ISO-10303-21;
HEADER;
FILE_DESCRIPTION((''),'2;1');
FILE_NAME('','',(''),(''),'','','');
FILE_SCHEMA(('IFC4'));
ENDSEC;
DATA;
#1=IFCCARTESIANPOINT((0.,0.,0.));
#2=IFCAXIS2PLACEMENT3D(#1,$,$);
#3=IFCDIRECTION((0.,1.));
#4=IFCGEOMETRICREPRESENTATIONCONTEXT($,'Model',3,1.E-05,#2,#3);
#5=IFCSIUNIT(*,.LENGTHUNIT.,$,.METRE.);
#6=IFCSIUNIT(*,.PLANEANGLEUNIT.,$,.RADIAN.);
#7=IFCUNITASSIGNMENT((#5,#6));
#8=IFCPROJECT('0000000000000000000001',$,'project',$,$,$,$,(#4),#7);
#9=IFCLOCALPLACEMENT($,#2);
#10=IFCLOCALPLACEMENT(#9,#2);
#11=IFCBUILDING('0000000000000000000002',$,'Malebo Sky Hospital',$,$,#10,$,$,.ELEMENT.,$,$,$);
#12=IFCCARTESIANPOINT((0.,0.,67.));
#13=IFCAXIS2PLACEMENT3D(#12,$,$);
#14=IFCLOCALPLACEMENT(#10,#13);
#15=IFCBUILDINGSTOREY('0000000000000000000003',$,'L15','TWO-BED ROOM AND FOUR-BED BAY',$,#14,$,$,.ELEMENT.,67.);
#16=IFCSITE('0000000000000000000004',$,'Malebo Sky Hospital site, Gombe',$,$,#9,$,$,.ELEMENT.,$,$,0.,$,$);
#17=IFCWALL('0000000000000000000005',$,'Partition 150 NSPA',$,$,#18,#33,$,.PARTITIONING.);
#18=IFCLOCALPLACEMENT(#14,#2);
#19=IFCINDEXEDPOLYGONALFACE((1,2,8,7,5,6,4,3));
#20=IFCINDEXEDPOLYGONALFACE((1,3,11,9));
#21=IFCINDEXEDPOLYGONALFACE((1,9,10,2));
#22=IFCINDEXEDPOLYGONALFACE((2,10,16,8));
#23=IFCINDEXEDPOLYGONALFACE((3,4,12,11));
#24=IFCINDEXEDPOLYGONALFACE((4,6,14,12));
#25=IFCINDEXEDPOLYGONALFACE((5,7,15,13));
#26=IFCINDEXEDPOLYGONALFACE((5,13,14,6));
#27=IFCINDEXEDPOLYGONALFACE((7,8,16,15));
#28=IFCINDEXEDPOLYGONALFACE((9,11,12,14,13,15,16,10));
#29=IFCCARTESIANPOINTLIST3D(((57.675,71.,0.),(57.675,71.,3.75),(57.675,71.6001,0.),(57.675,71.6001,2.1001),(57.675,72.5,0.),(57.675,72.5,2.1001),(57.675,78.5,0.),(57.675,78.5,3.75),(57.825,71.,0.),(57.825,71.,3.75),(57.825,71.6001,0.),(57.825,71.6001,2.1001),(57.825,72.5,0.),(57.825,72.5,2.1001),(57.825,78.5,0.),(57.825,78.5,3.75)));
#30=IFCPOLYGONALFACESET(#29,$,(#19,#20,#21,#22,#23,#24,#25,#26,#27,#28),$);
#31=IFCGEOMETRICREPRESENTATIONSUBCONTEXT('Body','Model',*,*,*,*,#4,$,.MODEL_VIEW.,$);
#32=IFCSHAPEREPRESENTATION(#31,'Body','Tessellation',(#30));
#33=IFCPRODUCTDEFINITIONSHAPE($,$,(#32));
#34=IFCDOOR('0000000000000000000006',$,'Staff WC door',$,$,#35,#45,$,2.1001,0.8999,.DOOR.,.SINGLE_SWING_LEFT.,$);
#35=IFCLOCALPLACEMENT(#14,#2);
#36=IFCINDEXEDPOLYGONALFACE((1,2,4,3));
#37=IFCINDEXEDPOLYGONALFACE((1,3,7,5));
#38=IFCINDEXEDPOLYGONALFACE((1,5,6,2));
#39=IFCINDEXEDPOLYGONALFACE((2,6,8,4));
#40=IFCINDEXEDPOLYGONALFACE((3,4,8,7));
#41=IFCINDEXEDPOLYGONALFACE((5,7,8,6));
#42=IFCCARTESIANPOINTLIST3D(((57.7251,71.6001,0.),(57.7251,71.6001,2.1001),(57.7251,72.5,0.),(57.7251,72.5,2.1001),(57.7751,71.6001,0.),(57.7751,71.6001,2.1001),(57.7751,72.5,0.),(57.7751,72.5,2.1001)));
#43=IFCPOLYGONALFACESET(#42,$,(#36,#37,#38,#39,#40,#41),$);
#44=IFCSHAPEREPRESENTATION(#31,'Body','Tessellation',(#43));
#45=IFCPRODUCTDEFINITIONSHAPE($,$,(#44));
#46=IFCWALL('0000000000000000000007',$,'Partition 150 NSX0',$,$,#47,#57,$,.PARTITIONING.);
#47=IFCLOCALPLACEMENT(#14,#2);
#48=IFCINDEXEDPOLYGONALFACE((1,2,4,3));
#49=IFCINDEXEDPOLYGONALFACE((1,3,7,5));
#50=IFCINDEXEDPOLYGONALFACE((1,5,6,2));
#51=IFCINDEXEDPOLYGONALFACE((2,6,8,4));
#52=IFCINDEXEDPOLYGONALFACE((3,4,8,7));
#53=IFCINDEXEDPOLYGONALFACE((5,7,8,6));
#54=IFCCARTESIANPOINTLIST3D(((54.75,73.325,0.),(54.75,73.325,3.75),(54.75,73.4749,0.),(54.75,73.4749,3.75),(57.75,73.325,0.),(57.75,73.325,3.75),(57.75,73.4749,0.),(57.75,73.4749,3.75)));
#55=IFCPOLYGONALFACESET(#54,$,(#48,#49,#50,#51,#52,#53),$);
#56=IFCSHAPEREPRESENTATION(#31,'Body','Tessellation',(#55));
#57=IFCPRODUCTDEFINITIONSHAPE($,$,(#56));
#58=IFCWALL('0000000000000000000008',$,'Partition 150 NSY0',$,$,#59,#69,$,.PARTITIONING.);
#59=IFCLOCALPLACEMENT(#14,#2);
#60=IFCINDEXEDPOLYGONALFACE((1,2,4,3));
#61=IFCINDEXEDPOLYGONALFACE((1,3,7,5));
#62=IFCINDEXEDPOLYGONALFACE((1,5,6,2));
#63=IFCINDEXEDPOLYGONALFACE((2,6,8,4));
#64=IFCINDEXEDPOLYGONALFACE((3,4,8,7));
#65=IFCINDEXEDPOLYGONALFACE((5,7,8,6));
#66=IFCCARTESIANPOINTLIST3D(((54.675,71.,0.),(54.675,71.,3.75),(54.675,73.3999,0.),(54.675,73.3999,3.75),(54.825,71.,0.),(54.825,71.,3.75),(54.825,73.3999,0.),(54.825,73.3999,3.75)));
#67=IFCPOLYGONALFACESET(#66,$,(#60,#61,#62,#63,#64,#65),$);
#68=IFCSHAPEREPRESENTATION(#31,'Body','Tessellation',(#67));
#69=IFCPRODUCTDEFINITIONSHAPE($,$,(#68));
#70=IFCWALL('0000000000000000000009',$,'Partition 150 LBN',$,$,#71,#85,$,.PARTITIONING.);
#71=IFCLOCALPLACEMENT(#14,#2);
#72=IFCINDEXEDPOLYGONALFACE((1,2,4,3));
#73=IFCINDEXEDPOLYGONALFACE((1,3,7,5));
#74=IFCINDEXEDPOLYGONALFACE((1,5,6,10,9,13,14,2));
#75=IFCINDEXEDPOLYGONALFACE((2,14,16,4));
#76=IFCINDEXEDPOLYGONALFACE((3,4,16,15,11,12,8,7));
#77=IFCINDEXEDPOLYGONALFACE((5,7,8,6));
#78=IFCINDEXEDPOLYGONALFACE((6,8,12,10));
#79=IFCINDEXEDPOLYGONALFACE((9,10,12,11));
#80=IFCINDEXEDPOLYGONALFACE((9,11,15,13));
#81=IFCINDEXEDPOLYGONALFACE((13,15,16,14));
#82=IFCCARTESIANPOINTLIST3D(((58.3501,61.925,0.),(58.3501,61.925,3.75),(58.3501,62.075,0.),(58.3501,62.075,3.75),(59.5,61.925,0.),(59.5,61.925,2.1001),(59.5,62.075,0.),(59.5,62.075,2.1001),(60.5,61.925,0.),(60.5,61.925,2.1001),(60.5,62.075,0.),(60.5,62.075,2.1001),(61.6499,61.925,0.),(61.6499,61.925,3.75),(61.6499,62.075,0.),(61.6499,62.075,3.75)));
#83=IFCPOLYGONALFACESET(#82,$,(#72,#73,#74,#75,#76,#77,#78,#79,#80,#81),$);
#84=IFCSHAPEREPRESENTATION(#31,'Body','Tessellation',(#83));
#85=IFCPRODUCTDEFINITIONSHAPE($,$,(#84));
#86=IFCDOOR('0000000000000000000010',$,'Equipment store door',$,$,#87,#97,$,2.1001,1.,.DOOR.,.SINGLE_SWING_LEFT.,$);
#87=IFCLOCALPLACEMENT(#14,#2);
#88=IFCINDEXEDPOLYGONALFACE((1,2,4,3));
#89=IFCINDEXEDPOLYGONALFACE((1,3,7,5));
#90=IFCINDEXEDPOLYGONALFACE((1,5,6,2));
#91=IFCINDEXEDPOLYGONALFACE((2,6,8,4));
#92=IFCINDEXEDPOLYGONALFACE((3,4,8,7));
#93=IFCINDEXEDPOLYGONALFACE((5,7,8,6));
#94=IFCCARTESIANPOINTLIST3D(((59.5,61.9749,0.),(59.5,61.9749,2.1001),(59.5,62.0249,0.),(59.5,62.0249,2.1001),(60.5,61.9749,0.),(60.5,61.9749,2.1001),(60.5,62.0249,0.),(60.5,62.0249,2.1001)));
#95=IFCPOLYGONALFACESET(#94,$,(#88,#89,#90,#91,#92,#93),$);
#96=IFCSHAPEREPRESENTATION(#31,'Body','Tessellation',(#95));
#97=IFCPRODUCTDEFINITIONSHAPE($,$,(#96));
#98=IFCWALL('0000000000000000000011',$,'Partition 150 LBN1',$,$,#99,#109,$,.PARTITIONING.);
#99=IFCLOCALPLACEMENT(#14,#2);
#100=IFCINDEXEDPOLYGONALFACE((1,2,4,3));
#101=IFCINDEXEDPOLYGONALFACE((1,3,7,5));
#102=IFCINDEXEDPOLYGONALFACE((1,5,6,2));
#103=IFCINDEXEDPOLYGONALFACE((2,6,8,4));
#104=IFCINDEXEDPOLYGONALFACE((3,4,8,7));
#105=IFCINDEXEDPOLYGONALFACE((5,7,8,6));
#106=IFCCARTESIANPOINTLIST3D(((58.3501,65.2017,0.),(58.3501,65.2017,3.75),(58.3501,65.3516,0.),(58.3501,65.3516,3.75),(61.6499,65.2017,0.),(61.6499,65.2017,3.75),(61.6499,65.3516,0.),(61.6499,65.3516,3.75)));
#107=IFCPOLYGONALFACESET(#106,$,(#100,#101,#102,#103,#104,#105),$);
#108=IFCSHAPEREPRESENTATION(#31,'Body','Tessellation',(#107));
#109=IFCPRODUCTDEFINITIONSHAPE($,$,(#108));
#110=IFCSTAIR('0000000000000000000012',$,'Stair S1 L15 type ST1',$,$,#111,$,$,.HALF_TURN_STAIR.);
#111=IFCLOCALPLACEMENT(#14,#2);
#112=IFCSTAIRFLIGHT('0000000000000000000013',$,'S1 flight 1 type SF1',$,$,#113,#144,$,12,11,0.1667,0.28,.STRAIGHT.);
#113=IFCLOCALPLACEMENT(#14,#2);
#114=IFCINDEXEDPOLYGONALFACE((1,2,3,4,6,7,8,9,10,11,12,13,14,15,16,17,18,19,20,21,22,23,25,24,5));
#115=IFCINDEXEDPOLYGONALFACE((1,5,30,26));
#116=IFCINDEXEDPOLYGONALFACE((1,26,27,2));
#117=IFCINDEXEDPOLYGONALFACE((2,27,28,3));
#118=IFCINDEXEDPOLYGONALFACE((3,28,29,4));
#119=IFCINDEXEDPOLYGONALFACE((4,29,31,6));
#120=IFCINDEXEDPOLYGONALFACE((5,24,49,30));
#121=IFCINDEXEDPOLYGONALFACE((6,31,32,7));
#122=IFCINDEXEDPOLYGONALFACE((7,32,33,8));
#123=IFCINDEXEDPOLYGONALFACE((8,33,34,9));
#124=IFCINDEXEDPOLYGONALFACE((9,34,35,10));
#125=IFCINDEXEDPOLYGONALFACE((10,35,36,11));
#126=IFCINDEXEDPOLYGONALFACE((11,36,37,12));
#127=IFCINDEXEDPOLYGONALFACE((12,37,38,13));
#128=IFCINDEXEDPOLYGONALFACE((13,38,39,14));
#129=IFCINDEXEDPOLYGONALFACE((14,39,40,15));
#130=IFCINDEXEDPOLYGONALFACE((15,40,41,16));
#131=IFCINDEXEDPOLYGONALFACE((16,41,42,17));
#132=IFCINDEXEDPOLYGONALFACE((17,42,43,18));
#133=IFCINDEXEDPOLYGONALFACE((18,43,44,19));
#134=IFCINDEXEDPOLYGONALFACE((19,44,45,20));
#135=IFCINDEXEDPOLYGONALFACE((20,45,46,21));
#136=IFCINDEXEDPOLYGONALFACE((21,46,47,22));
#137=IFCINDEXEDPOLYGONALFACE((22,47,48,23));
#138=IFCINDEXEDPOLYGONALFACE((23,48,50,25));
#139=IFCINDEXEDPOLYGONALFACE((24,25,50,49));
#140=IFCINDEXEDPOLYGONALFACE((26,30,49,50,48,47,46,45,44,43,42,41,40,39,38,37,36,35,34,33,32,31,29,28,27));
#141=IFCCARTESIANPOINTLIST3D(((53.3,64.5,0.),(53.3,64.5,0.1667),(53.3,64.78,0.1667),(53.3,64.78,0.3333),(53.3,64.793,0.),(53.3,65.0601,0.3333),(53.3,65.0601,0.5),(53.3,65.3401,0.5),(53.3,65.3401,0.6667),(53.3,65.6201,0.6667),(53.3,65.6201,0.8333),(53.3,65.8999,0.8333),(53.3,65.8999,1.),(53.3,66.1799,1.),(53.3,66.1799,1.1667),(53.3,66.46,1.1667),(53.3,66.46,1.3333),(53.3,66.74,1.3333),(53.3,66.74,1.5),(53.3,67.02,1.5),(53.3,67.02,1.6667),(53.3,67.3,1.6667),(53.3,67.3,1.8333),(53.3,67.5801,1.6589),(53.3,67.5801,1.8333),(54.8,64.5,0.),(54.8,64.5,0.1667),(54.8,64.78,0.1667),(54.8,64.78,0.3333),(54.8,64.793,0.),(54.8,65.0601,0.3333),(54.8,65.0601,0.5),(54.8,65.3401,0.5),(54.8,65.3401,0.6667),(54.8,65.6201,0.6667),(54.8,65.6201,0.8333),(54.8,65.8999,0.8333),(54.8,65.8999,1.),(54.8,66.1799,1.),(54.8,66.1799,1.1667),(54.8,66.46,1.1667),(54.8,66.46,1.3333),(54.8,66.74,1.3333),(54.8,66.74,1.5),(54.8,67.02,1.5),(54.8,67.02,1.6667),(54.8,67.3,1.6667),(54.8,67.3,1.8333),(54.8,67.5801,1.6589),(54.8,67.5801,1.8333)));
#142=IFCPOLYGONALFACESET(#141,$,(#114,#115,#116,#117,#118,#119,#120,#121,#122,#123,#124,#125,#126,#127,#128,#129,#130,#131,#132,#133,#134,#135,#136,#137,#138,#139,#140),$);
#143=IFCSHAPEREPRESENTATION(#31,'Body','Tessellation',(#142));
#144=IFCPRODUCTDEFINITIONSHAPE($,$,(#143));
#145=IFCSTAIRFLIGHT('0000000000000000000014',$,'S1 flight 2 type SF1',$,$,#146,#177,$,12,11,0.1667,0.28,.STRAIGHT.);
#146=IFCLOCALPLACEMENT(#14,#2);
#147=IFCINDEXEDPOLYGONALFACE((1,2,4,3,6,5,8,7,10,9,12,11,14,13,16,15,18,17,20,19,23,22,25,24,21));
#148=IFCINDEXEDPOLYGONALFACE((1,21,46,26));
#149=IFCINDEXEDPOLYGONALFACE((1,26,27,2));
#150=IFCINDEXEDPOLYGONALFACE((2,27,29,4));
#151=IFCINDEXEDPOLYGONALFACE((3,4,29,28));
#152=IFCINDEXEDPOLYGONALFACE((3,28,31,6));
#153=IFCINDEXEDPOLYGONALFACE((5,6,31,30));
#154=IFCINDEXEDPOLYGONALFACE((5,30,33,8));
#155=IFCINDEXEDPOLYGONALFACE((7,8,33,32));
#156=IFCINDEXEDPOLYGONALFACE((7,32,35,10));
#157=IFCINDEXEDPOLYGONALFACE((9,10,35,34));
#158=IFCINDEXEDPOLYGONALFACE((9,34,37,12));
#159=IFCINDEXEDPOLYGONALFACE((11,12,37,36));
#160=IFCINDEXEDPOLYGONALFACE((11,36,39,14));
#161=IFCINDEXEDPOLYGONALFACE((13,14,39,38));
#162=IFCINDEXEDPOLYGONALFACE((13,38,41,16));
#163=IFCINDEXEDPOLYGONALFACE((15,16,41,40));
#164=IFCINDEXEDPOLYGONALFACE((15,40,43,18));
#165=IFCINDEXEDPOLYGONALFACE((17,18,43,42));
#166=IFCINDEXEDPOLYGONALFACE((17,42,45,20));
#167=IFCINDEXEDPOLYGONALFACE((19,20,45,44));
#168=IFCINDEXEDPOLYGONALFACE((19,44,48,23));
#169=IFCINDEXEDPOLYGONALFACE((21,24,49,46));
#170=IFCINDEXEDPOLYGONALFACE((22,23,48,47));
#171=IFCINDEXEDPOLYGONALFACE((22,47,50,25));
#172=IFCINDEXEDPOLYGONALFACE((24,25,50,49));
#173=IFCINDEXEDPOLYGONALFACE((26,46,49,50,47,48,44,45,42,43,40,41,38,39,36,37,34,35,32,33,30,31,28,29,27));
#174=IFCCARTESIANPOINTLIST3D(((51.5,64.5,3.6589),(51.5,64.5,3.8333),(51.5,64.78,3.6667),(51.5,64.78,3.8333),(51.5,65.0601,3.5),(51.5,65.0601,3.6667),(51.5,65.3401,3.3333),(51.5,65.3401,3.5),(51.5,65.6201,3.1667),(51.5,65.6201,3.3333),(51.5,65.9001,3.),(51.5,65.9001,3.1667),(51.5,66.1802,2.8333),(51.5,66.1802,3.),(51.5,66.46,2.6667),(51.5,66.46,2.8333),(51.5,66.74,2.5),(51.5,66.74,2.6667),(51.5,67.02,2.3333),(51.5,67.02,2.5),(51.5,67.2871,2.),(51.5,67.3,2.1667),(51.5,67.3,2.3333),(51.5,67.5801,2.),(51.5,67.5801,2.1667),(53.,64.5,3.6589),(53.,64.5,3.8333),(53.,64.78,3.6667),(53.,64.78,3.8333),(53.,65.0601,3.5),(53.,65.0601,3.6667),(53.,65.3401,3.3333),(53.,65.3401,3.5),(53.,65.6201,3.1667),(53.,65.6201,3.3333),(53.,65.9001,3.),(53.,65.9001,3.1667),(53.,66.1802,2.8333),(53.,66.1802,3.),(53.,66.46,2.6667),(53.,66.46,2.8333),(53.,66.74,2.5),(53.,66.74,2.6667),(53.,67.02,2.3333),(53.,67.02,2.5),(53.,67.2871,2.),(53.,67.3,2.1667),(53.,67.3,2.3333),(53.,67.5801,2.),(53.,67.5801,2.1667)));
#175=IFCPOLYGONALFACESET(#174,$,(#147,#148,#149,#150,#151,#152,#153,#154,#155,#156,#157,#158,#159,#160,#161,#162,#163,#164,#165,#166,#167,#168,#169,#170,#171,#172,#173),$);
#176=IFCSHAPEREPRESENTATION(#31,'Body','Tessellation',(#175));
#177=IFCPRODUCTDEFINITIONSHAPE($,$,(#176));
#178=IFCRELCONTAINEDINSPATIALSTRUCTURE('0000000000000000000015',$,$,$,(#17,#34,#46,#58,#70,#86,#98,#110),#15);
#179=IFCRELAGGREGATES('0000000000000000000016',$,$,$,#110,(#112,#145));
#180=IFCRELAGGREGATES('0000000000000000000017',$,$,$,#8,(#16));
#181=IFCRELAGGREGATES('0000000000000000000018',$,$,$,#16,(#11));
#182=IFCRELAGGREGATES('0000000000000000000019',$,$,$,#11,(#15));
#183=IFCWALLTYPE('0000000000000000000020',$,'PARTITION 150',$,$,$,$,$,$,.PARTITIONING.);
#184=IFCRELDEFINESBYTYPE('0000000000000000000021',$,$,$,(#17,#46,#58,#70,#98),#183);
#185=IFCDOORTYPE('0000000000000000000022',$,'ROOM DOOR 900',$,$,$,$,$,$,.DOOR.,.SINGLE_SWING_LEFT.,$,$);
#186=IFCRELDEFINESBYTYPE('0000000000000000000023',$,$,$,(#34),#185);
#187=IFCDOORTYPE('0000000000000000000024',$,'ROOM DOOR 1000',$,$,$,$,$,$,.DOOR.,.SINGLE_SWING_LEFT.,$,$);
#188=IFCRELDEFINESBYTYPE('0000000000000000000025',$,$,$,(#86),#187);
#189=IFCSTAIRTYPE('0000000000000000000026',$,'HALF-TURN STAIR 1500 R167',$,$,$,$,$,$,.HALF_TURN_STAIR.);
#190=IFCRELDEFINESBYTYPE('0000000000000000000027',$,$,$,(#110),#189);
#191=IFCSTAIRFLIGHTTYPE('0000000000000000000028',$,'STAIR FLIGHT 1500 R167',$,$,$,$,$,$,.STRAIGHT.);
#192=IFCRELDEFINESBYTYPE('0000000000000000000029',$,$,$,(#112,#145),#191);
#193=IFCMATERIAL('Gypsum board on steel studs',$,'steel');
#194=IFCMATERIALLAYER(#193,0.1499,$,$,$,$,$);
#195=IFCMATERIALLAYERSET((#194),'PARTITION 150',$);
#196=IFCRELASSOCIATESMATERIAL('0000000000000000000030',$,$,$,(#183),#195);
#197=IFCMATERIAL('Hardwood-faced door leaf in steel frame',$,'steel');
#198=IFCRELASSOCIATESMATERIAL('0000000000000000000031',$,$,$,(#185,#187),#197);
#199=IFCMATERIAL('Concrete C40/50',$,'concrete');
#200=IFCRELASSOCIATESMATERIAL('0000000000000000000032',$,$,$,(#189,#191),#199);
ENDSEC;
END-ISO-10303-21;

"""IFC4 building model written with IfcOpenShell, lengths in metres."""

from ifc_helpers import new_model, si_unit, direction, frame, frame_2d, origin, place, context, subcontext, project, spatial, polyline, rectangle, outline, extrude, material, layer, layer_set, type_object, element, fill, aggregate, save


model = new_model("IFC4")

# Units and contexts
model_context = context("Model", 3, precision=1e-05, world=origin(), true_north=direction((0.0, 1.0)))
body_context = subcontext(model_context, "Body", "Model", "MODEL_VIEW")
ifc_project = project(units=[si_unit("LENGTHUNIT", "METRE"), si_unit("PLANEANGLEUNIT", "RADIAN")], contexts=[model_context])

# Site, building, storey
site_placement = place(None, origin())
site = spatial("IfcSite", under=ifc_project, at=site_placement, Name="Malebo Sky Hospital site, Gombe", CompositionType="ELEMENT", RefElevation=0.0)
building_placement = place(site_placement, origin())
building = spatial("IfcBuilding", under=site, at=building_placement, Name="Malebo Sky Hospital", CompositionType="ELEMENT")
storey_placement = place(building_placement, frame((0.0, 0.0, 67.0)))
storey = spatial("IfcBuildingStorey", under=building, at=storey_placement, Name="L15", Description="TWO-BED ROOM AND FOUR-BED BAY", CompositionType="ELEMENT", Elevation=67.0)

# Wall, opening, door
ifc_material_1 = material(Name="Gypsum board on steel studs", Category="steel")
ifc_layer_1 = layer(ifc_material_1, 0.1499)
ifc_layer_set_1 = layer_set([ifc_layer_1], Name="PARTITION 150")
wall_type_1 = type_object("IfcWallType", Name="PARTITION 150", PredefinedType="PARTITIONING", material=ifc_layer_set_1)
wall_1_placement = place(storey_placement, frame((57.75, 71.0, 0.0), z_axis=(0.0, 0.0, 1.0), x_axis=(0.0, 1.0, 0.0)))
wall_1 = element("IfcWall", 1, at=wall_1_placement, inside=storey, type_object=wall_type_1, Name="Partition 150 NSPA", PredefinedType="PARTITIONING", context=body_context, shape_type="SweptSolid", body=[
    extrude(rectangle(XDim=7.5, YDim=0.1499, at=frame_2d((3.75, 0.0))), origin(), (0.0, 0.0, 1.0), 3.75),
])
opening_1_placement = place(wall_1_placement, frame((0.6001, 0.0, 0.0)))
opening_1 = element("IfcOpeningElement", 2, at=opening_1_placement, cuts=wall_1, PredefinedType="OPENING", context=body_context, shape_type="SweptSolid", body=[
    extrude(rectangle(XDim=0.8999, YDim=2.1001, at=frame_2d((0.45, 1.05))), frame((0.0, 0.085, 0.0), z_axis=(0.0, -1.0, 0.0), x_axis=(1.0, 0.0, 0.0)), (0.0, 0.0, 1.0), 0.1699),
])
ifc_material_2 = material(Name="Hardwood-faced door leaf in steel frame", Category="steel")
door_type_1 = type_object("IfcDoorType", Name="ROOM DOOR 900", OperationType="SINGLE_SWING_LEFT", PredefinedType="DOOR", material=ifc_material_2)
door_1_placement = place(opening_1_placement, origin())
door_1 = element("IfcDoor", 3, at=door_1_placement, inside=storey, type_object=door_type_1, Name="Staff WC door", OperationType="SINGLE_SWING_LEFT", OverallHeight=2.1001, OverallWidth=0.8999, PredefinedType="DOOR", context=body_context, shape_type="SweptSolid", body=[
    extrude(rectangle(XDim=0.8999, YDim=2.1001, at=frame_2d((0.45, 1.05))), frame((0.0, 0.0249, 0.0), z_axis=(0.0, -1.0, 0.0), x_axis=(1.0, 0.0, 0.0)), (0.0, 0.0, 1.0), 0.05),
])
fill(opening_1, door_1)

# Walls
wall_2_placement = place(storey_placement, frame((54.75, 73.3999, 0.0), z_axis=(0.0, 0.0, 1.0), x_axis=(1.0, 0.0, 0.0)))
element("IfcWall", 4, at=wall_2_placement, inside=storey, type_object=wall_type_1, Name="Partition 150 NSX0", PredefinedType="PARTITIONING", context=body_context, shape_type="SweptSolid", body=[
    extrude(rectangle(XDim=3.0, YDim=0.1499, at=frame_2d((1.5, 0.0))), origin(), (0.0, 0.0, 1.0), 3.75),
])
wall_3_placement = place(storey_placement, frame((54.75, 71.0, 0.0), z_axis=(0.0, 0.0, 1.0), x_axis=(0.0, 1.0, 0.0)))
element("IfcWall", 5, at=wall_3_placement, inside=storey, type_object=wall_type_1, Name="Partition 150 NSY0", PredefinedType="PARTITIONING", context=body_context, shape_type="SweptSolid", body=[
    extrude(rectangle(XDim=2.3999, YDim=0.1499, at=frame_2d((1.2, 0.0))), origin(), (0.0, 0.0, 1.0), 3.75),
])

# Wall, opening, door
wall_4_placement = place(storey_placement, frame((58.3501, 62.0, 0.0), z_axis=(0.0, 0.0, 1.0), x_axis=(1.0, 0.0, 0.0)))
wall_4 = element("IfcWall", 6, at=wall_4_placement, inside=storey, type_object=wall_type_1, Name="Partition 150 LBN", PredefinedType="PARTITIONING", context=body_context, shape_type="SweptSolid", body=[
    extrude(rectangle(XDim=3.2998, YDim=0.1499, at=frame_2d((1.6499, 0.0))), origin(), (0.0, 0.0, 1.0), 3.75),
])
opening_2_placement = place(wall_4_placement, frame((1.1499, 0.0, 0.0)))
opening_2 = element("IfcOpeningElement", 7, at=opening_2_placement, cuts=wall_4, PredefinedType="OPENING", context=body_context, shape_type="SweptSolid", body=[
    extrude(rectangle(XDim=1.0, YDim=2.1001, at=frame_2d((0.5, 1.05))), frame((0.0, 0.085, 0.0), z_axis=(0.0, -1.0, 0.0), x_axis=(1.0, 0.0, 0.0)), (0.0, 0.0, 1.0), 0.1699),
])
door_type_2 = type_object("IfcDoorType", Name="ROOM DOOR 1000", OperationType="SINGLE_SWING_LEFT", PredefinedType="DOOR", material=ifc_material_2)
door_2_placement = place(opening_2_placement, origin())
door_2 = element("IfcDoor", 8, at=door_2_placement, inside=storey, type_object=door_type_2, Name="Equipment store door", OperationType="SINGLE_SWING_LEFT", OverallHeight=2.1001, OverallWidth=1.0, PredefinedType="DOOR", context=body_context, shape_type="SweptSolid", body=[
    extrude(rectangle(XDim=1.0, YDim=2.1001, at=frame_2d((0.5, 1.05))), frame((0.0, 0.0249, 0.0), z_axis=(0.0, -1.0, 0.0), x_axis=(1.0, 0.0, 0.0)), (0.0, 0.0, 1.0), 0.05),
])
fill(opening_2, door_2)

# Wall
wall_5_placement = place(storey_placement, frame((58.3501, 65.2766, 0.0), z_axis=(0.0, 0.0, 1.0), x_axis=(1.0, 0.0, 0.0)))
element("IfcWall", 9, at=wall_5_placement, inside=storey, type_object=wall_type_1, Name="Partition 150 LBN1", PredefinedType="PARTITIONING", context=body_context, shape_type="SweptSolid", body=[
    extrude(rectangle(XDim=3.2998, YDim=0.1499, at=frame_2d((1.6499, 0.0))), origin(), (0.0, 0.0, 1.0), 3.75),
])

# Stair, stair flights
ifc_material_3 = material(Name="Concrete C40/50", Category="concrete")
stair_type = type_object("IfcStairType", Name="HALF-TURN STAIR 1500 R167", PredefinedType="HALF_TURN_STAIR", material=ifc_material_3)
stair_placement = place(storey_placement, origin())
stair = element("IfcStair", 10, at=stair_placement, inside=storey, type_object=stair_type, Name="Stair S1 L15 type ST1", PredefinedType="HALF_TURN_STAIR")
stair_flight_type = type_object("IfcStairFlightType", Name="STAIR FLIGHT 1500 R167", PredefinedType="STRAIGHT", material=ifc_material_3)
stair_flight_1_placement = place(storey_placement, frame((54.05, 64.5, 0.0), z_axis=(0.0, 0.0, 1.0), x_axis=(0.0, 1.0, 0.0)))
stair_flight_1 = element("IfcStairFlight", 11, at=stair_flight_1_placement, type_object=stair_flight_type, Name="S1 flight 1 type SF1", NumberOfRisers=12, NumberOfTreads=11, PredefinedType="STRAIGHT", RiserHeight=0.1667, TreadLength=0.28, context=body_context, shape_type="SweptSolid", body=[
    extrude(outline(polyline([(0.0, 0.0), (0.0, 0.1667), (0.28, 0.1667), (0.28, 0.3333), (0.5601, 0.3333), (0.5601, 0.5), (0.8401, 0.5), (0.8401, 0.6667), (1.1201, 0.6667), (1.1201, 0.8333), (1.3999, 0.8333), (1.3999, 1.0), (1.6799, 1.0), (1.6799, 1.1667), (1.96, 1.1667), (1.96, 1.3333), (2.24, 1.3333), (2.24, 1.5), (2.52, 1.5), (2.52, 1.6667), (2.8, 1.6667), (2.8, 1.8333), (3.0801, 1.8333), (3.0801, 2.0), (3.0801, 1.6589), (0.293, 0.0), (0.0, 0.0)])), frame((0.0, 0.75, 0.0), z_axis=(0.0, -1.0, 0.0), x_axis=(1.0, 0.0, 0.0)), (0.0, 0.0, 1.0), 1.5),
])
stair_flight_2_placement = place(storey_placement, frame((52.25, 67.5801, 2.0), z_axis=(0.0, 0.0, 1.0), x_axis=(0.0, -1.0, 0.0)))
stair_flight_2 = element("IfcStairFlight", 12, at=stair_flight_2_placement, type_object=stair_flight_type, Name="S1 flight 2 type SF1", NumberOfRisers=12, NumberOfTreads=11, PredefinedType="STRAIGHT", RiserHeight=0.1667, TreadLength=0.28, context=body_context, shape_type="SweptSolid", body=[
    extrude(outline(polyline([(0.0, 0.0), (0.0, 0.1667), (0.28, 0.1667), (0.28, 0.3333), (0.5601, 0.3333), (0.5601, 0.5), (0.8401, 0.5), (0.8401, 0.6667), (1.1201, 0.6667), (1.1201, 0.8333), (1.3999, 0.8333), (1.3999, 1.0), (1.6799, 1.0), (1.6799, 1.1667), (1.96, 1.1667), (1.96, 1.3333), (2.24, 1.3333), (2.24, 1.5), (2.52, 1.5), (2.52, 1.6667), (2.8, 1.6667), (2.8, 1.8333), (3.0801, 1.8333), (3.0801, 2.0), (3.0801, 1.6589), (0.293, 0.0), (0.0, 0.0)])), frame((0.0, 0.75, 0.0), z_axis=(0.0, -1.0, 0.0), x_axis=(1.0, 0.0, 0.0)), (0.0, 0.0, 1.0), 1.5),
])
aggregate(stair, [stair_flight_1, stair_flight_2])

save(model, "model.ifc")
